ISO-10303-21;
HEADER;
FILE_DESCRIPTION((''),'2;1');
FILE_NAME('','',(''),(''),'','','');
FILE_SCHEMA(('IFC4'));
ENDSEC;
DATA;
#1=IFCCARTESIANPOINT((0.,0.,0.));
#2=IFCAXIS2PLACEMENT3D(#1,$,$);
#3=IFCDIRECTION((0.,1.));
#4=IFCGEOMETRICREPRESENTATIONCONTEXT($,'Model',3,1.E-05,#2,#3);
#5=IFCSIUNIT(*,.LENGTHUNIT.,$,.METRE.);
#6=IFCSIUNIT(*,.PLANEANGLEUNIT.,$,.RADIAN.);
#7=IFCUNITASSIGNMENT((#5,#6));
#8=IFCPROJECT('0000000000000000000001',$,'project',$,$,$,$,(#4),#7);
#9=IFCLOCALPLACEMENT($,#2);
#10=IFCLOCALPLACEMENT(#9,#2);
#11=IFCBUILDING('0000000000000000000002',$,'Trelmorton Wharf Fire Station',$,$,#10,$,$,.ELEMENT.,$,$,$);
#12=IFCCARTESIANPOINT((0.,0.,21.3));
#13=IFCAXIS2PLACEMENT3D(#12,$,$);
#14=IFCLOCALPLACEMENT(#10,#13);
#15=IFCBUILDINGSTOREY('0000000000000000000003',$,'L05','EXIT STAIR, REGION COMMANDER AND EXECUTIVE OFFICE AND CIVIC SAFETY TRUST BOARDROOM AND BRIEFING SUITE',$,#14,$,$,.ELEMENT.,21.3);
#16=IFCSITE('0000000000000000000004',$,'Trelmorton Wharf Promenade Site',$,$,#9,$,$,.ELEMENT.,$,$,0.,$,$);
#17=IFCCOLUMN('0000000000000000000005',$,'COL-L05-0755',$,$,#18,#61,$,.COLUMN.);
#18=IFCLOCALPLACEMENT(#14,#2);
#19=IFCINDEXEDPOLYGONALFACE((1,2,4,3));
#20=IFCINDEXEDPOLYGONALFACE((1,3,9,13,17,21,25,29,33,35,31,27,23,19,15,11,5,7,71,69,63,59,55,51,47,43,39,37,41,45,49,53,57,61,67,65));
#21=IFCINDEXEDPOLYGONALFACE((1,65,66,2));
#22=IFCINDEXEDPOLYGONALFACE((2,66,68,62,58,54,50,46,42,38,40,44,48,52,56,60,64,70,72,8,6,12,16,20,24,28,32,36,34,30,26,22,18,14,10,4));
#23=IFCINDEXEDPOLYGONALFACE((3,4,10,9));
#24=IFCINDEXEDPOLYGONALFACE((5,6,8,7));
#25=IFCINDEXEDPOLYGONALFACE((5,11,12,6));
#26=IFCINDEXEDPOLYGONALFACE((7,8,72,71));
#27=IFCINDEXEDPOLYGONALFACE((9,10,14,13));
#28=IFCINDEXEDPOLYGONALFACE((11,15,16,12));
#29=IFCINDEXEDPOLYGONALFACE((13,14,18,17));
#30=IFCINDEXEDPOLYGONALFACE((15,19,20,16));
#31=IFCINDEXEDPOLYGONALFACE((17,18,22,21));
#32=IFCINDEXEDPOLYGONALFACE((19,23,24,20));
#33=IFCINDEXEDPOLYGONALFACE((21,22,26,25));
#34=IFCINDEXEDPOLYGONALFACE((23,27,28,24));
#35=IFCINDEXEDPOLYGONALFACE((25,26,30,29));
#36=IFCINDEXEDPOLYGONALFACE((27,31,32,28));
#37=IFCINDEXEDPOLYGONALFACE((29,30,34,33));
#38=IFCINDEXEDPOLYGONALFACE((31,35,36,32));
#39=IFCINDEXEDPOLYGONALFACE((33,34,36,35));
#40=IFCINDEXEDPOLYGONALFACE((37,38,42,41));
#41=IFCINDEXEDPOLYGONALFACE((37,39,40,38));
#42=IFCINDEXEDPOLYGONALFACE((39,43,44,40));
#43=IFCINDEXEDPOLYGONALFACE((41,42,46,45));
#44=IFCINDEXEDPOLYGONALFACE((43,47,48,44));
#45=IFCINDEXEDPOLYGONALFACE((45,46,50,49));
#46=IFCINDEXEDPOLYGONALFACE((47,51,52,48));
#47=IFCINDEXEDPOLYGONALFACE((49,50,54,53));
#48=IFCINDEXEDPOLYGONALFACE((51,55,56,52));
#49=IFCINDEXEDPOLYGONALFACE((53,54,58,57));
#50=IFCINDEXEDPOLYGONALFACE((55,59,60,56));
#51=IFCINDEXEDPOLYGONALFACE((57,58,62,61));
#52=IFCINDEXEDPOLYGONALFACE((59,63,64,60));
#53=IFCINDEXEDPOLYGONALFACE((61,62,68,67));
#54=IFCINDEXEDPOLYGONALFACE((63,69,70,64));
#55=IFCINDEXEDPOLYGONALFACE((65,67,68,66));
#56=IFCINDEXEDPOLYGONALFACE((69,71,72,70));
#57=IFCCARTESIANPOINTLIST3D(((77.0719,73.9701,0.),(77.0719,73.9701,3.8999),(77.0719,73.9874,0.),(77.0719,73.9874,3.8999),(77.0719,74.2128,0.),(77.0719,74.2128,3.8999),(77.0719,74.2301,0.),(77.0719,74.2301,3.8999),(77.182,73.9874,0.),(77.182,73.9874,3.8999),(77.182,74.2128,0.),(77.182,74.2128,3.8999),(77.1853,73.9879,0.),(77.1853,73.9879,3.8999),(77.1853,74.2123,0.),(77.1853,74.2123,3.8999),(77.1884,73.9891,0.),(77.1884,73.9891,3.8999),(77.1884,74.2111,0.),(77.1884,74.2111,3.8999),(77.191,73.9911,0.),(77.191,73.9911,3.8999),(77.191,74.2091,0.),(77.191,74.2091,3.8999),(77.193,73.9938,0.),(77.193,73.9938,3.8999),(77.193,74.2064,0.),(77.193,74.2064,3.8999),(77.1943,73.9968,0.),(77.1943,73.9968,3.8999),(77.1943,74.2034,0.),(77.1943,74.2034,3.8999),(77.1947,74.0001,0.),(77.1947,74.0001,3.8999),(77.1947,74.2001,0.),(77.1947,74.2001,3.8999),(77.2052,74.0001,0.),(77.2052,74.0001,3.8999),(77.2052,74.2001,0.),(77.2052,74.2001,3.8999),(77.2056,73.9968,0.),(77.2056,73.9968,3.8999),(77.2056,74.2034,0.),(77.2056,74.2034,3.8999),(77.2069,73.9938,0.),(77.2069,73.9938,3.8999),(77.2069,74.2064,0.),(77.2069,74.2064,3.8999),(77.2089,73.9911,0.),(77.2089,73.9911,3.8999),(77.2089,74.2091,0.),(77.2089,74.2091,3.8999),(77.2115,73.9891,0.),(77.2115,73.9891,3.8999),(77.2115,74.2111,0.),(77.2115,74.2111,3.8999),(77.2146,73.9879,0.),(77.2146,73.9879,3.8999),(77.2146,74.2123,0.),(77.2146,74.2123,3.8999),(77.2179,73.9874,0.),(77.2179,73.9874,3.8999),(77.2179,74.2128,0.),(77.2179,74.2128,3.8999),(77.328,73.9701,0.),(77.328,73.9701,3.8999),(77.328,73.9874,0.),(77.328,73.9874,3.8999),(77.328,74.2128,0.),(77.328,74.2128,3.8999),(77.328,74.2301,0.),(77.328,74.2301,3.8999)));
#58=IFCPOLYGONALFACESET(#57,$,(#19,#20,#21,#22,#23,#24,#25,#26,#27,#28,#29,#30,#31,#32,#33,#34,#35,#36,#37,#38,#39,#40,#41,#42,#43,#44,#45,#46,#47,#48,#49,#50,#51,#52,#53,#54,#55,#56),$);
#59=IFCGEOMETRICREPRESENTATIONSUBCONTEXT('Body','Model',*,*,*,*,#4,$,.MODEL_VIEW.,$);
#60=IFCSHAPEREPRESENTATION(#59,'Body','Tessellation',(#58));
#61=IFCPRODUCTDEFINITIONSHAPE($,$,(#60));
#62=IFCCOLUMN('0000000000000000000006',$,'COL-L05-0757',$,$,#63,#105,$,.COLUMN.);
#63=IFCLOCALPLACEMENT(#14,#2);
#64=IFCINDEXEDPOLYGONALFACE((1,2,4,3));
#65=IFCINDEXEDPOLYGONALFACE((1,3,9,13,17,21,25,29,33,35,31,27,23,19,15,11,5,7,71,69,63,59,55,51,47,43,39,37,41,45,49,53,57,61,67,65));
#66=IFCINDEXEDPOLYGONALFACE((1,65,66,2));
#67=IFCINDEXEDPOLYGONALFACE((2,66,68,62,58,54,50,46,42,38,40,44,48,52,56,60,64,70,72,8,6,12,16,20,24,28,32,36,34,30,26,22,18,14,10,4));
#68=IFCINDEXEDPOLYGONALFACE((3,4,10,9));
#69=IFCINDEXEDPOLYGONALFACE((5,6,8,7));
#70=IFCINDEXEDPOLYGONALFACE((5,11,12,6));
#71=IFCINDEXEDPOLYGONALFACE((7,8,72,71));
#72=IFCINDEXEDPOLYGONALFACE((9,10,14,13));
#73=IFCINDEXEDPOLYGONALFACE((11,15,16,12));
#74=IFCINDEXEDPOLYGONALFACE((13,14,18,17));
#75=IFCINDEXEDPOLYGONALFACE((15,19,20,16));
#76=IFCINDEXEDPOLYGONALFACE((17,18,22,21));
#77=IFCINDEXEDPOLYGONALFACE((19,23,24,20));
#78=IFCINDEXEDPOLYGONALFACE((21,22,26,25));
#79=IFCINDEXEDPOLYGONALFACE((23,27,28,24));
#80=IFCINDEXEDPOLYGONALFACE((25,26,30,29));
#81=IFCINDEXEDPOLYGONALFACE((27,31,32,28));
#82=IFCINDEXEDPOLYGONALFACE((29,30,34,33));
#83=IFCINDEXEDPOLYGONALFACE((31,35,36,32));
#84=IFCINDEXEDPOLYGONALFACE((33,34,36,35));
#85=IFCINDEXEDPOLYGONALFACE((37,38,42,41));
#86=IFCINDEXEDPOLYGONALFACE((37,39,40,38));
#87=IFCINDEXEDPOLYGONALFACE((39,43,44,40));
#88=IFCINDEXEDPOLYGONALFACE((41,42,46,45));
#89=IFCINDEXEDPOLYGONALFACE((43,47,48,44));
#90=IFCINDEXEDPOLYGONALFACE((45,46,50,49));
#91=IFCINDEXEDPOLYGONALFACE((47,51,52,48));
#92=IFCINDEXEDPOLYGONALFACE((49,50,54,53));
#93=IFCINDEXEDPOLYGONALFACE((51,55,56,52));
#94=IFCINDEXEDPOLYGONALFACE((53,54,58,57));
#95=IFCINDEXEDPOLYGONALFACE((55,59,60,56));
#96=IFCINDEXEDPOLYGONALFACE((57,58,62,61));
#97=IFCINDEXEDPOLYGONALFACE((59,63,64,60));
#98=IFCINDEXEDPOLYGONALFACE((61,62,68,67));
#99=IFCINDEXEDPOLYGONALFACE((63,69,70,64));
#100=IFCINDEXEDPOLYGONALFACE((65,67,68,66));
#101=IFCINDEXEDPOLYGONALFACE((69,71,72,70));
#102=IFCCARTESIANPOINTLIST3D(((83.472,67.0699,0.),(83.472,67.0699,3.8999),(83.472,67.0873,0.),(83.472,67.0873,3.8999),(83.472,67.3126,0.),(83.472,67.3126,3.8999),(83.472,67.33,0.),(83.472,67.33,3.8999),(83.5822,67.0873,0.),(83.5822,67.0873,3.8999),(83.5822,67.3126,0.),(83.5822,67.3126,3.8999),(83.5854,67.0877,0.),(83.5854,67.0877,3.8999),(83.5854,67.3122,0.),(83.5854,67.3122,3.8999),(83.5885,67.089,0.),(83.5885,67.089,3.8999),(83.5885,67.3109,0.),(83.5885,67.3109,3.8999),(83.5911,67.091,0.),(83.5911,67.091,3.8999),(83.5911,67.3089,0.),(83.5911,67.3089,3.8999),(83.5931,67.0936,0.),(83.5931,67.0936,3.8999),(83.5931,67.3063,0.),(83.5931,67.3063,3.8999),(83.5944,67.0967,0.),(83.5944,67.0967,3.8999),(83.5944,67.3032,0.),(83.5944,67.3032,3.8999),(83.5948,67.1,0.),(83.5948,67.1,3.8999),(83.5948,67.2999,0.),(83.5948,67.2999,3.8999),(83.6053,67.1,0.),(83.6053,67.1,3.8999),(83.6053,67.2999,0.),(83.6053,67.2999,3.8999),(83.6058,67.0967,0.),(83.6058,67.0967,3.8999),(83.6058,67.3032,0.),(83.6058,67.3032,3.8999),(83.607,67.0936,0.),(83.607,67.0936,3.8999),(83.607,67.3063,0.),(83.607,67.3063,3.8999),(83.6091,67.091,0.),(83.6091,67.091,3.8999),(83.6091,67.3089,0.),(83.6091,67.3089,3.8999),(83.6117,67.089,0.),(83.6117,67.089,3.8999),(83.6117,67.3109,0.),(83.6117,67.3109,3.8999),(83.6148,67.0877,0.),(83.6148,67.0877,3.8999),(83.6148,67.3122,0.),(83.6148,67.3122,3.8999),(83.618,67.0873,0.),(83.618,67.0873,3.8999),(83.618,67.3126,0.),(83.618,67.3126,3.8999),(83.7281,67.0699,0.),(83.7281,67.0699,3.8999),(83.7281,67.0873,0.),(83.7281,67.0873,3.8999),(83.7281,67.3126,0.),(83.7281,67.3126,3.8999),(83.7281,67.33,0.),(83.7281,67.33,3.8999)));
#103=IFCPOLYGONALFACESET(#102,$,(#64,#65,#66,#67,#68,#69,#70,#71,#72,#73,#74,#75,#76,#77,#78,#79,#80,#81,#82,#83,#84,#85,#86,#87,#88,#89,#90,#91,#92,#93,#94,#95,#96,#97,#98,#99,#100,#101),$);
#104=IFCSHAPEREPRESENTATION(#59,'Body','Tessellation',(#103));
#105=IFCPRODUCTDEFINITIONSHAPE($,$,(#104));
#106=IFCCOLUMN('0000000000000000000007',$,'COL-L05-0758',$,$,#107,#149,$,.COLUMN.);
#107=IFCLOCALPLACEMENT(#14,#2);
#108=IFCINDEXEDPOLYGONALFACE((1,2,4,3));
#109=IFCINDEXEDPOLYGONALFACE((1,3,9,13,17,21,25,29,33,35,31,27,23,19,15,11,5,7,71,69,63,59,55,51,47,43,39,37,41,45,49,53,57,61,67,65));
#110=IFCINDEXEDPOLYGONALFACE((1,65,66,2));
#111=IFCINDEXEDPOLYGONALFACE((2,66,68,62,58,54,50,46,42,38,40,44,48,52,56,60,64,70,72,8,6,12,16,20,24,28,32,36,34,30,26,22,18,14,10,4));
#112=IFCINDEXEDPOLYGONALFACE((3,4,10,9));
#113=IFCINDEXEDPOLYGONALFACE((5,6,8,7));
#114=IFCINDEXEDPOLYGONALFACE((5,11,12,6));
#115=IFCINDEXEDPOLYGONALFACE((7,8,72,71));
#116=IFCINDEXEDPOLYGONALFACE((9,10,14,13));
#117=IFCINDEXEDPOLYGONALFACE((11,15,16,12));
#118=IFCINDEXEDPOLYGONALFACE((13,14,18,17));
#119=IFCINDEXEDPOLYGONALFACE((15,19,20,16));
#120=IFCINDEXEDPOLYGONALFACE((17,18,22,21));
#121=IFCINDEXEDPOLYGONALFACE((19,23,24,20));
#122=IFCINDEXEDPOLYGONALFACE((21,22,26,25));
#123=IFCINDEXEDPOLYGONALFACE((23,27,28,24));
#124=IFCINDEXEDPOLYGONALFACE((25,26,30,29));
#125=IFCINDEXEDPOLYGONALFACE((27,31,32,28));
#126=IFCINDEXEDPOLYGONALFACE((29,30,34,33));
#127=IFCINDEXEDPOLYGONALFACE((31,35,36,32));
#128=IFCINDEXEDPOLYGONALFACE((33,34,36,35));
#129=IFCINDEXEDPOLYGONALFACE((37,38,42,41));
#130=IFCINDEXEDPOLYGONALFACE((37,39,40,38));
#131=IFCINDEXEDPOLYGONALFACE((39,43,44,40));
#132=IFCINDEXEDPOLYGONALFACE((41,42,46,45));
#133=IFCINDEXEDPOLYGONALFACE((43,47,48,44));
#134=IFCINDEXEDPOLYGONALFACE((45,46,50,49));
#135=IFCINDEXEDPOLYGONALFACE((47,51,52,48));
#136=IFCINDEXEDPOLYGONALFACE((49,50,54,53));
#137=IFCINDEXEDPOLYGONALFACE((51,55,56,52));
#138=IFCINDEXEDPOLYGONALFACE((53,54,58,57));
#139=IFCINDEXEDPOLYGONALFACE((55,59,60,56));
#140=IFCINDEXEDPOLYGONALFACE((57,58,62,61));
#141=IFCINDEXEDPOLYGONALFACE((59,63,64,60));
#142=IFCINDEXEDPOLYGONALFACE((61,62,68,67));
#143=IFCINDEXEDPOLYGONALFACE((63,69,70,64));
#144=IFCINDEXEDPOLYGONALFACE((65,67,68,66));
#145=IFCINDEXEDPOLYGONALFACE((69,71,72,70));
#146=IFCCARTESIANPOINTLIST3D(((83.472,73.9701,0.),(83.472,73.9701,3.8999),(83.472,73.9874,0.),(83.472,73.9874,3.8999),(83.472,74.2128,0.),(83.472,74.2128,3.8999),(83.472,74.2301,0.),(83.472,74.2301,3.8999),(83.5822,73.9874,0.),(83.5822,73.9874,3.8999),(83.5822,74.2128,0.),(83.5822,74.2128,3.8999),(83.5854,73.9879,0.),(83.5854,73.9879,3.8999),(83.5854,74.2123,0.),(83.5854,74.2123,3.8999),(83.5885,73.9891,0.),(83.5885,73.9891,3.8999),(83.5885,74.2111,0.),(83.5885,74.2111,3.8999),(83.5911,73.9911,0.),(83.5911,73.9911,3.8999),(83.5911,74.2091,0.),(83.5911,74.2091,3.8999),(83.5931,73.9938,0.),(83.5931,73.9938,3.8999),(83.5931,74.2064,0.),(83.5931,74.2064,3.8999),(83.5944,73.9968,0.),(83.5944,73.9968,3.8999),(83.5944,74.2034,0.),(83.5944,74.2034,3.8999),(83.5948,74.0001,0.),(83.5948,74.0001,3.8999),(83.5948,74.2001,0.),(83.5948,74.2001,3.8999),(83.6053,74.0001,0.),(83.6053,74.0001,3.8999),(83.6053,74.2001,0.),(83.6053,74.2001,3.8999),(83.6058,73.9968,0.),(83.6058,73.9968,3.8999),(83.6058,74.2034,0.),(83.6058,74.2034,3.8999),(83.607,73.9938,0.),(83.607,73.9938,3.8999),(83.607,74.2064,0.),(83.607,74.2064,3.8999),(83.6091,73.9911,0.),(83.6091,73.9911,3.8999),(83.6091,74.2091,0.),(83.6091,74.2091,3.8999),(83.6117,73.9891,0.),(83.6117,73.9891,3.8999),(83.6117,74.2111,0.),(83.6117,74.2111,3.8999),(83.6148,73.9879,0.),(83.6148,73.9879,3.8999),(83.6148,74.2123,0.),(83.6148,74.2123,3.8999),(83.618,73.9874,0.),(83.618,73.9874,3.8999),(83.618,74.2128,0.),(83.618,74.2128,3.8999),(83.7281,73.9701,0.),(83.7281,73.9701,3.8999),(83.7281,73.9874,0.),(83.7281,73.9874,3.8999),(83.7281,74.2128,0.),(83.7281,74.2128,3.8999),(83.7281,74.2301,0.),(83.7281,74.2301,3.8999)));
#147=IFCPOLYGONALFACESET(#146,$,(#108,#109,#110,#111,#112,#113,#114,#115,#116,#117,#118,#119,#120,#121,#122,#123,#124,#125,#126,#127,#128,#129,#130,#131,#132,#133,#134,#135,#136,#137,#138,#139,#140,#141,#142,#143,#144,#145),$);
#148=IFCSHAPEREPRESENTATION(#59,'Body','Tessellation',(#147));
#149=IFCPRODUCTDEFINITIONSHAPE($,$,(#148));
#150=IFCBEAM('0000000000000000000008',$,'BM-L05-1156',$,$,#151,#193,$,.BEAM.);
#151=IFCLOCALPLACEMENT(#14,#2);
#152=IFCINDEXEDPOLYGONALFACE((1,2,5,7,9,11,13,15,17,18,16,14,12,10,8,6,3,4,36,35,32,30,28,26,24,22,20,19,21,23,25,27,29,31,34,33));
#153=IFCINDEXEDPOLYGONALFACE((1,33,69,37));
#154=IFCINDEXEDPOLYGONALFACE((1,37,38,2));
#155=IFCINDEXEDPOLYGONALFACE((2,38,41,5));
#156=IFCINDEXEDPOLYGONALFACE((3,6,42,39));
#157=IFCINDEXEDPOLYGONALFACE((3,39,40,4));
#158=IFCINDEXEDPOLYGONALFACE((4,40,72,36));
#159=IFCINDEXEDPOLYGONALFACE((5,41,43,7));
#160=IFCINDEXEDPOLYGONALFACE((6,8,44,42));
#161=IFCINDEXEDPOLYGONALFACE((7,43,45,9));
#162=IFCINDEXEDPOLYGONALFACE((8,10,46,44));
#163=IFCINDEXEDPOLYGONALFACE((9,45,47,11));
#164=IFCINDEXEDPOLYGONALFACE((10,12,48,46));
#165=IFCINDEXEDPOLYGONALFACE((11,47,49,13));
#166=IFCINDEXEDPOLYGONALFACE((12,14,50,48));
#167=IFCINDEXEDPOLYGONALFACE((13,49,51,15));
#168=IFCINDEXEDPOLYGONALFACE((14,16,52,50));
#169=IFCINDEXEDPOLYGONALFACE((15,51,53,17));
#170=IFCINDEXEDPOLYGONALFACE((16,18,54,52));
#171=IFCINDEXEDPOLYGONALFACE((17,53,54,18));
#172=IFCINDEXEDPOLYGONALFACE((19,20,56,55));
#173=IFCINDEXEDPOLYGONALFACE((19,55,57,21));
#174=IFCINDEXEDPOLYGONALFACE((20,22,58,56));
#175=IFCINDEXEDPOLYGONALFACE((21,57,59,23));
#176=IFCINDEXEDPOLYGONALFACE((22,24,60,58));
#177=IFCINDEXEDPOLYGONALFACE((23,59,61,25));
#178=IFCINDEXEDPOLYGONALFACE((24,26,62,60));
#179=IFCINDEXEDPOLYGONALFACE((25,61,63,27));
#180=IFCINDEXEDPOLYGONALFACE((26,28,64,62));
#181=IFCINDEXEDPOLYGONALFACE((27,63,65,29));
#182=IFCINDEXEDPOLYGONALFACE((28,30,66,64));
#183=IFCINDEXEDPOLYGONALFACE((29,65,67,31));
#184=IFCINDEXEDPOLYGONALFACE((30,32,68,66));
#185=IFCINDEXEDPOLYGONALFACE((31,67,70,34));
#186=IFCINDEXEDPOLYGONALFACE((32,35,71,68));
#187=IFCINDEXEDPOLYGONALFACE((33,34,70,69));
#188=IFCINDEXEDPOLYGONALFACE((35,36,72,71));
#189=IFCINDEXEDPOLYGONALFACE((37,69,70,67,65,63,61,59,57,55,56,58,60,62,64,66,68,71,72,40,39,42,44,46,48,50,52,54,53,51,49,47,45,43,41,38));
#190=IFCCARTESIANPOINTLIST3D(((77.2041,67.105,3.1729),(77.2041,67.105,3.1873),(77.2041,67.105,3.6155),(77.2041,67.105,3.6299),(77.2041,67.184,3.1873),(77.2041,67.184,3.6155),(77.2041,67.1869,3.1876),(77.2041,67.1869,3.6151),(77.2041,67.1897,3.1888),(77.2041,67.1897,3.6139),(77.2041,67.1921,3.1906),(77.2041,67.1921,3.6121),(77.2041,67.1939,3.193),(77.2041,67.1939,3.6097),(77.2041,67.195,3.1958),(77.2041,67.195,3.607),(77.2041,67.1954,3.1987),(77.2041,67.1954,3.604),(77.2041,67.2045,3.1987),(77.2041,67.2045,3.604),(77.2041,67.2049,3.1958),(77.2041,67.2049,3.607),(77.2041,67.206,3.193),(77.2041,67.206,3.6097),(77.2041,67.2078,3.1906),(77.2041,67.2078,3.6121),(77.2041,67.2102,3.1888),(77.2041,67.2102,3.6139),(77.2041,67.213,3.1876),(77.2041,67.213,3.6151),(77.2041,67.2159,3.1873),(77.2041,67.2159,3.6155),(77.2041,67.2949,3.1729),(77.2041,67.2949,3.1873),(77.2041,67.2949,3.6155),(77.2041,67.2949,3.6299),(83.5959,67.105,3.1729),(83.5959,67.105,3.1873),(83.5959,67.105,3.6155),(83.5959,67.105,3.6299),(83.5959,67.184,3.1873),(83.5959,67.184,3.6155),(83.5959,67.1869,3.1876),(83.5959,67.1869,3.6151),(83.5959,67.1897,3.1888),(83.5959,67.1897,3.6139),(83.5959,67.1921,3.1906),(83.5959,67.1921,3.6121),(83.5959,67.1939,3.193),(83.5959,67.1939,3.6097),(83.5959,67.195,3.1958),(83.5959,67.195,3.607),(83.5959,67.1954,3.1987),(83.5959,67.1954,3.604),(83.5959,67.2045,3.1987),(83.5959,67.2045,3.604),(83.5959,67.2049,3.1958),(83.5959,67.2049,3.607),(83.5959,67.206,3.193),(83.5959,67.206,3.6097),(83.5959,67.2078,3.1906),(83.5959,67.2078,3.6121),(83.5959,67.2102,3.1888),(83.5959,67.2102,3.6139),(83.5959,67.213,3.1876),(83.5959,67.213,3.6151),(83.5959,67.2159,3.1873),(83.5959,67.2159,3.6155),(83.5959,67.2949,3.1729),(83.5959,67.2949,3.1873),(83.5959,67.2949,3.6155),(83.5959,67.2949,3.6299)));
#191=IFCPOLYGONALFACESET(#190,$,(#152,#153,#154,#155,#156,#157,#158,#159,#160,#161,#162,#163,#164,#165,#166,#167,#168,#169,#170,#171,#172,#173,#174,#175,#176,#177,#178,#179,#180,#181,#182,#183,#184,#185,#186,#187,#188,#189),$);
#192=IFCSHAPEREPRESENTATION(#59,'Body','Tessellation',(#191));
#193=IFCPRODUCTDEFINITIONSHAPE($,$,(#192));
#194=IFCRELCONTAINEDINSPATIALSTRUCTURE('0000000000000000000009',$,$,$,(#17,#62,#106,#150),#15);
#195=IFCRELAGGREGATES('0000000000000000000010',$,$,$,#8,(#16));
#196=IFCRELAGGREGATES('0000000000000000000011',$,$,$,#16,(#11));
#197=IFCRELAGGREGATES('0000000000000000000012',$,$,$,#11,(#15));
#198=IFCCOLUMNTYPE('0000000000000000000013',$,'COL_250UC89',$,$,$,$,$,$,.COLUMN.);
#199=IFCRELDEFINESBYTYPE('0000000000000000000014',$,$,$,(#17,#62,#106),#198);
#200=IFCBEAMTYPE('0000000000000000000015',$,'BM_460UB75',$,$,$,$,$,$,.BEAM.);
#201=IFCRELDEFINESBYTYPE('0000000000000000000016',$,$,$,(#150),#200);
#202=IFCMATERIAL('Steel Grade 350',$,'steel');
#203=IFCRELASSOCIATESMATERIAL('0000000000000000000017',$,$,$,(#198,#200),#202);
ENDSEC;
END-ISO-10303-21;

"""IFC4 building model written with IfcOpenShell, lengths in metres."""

from ifc_helpers import new_model, si_unit, direction, frame, origin, origin_2d, place, context, subcontext, project, spatial, i_section, extrude, material, material_profile, profile_set, type_object, element, save


model = new_model("IFC4")

# Units and contexts
model_context = context("Model", 3, precision=1e-05, world=origin(), true_north=direction((0.0, 1.0)))
body_context = subcontext(model_context, "Body", "Model", "MODEL_VIEW")
ifc_project = project(units=[si_unit("LENGTHUNIT", "METRE"), si_unit("PLANEANGLEUNIT", "RADIAN")], contexts=[model_context])

# Site, building, storey
site_placement = place(None, origin())
site = spatial("IfcSite", under=ifc_project, at=site_placement, Name="Trelmorton Wharf Promenade Site", CompositionType="ELEMENT", RefElevation=0.0)
building_placement = place(site_placement, origin())
building = spatial("IfcBuilding", under=site, at=building_placement, Name="Trelmorton Wharf Fire Station", CompositionType="ELEMENT")
storey_placement = place(building_placement, frame((0.0, 0.0, 21.3)))
storey = spatial("IfcBuildingStorey", under=building, at=storey_placement, Name="L05", Description="EXIT STAIR, REGION COMMANDER AND EXECUTIVE OFFICE AND CIVIC SAFETY TRUST BOARDROOM AND BRIEFING SUITE", CompositionType="ELEMENT", Elevation=21.3)

# Columns
ifc_material_1 = material(Name="Steel Grade 350", Category="steel")
ifc_material_profile_1 = material_profile(ifc_material_1, i_section(OverallWidth=0.2561, OverallDepth=0.26, WebThickness=0.0105, FlangeThickness=0.0173, FilletRadius=0.0127, at=origin_2d()), Name="250UC89.5")
ifc_profile_set_1 = profile_set([ifc_material_profile_1], Name="Steel Grade 350")
column_type = type_object("IfcColumnType", Name="COL_250UC89", PredefinedType="COLUMN", material=ifc_profile_set_1)
for number, where, z_axis, x_axis, name in (
    (1, (77.2, 74.1001, 0.0), (0.0, 0.0, 1.0), (1.0, 0.0, 0.0), "COL-L05-0755"),
    (2, (83.6001, 67.2, 0.0), (0.0, 0.0, 1.0), (1.0, 0.0, 0.0), "COL-L05-0757"),
    (3, (83.6001, 74.1001, 0.0), (0.0, 0.0, 1.0), (1.0, 0.0, 0.0), "COL-L05-0758"),
):
    element("IfcColumn", number, at=place(storey_placement, frame(where, z_axis=z_axis, x_axis=x_axis)), inside=storey, type_object=column_type, Name=name, PredefinedType="COLUMN", context=body_context, shape_type="SweptSolid", body=[
        extrude(i_section(OverallWidth=0.2561, OverallDepth=0.26, WebThickness=0.0105, FlangeThickness=0.0173, FilletRadius=0.0127, at=origin_2d()), origin(), (0.0, 0.0, 1.0), 3.8999),
    ])

# Beam
ifc_material_profile_2 = material_profile(ifc_material_1, i_section(OverallWidth=0.1899, OverallDepth=0.457, WebThickness=0.009, FlangeThickness=0.0144, FilletRadius=0.0115, at=origin_2d()), Name="460UB74.6")
ifc_profile_set_2 = profile_set([ifc_material_profile_2], Name="Steel Grade 350")
beam_type_1 = type_object("IfcBeamType", Name="BM_460UB75", PredefinedType="BEAM", material=ifc_profile_set_2)
beam_1_placement = place(storey_placement, frame((77.2041, 67.2, 3.4014), z_axis=(1.0, 0.0, 0.0), x_axis=(0.0, 1.0, 0.0)))
element("IfcBeam", 4, at=beam_1_placement, inside=storey, type_object=beam_type_1, Name="BM-L05-1156", PredefinedType="BEAM", context=body_context, shape_type="SweptSolid", body=[
    extrude(i_section(OverallWidth=0.1899, OverallDepth=0.457, WebThickness=0.009, FlangeThickness=0.0144, FilletRadius=0.0115, at=origin_2d()), origin(), (0.0, 0.0, 1.0), 6.3918),
])

save(model, "model.ifc")
